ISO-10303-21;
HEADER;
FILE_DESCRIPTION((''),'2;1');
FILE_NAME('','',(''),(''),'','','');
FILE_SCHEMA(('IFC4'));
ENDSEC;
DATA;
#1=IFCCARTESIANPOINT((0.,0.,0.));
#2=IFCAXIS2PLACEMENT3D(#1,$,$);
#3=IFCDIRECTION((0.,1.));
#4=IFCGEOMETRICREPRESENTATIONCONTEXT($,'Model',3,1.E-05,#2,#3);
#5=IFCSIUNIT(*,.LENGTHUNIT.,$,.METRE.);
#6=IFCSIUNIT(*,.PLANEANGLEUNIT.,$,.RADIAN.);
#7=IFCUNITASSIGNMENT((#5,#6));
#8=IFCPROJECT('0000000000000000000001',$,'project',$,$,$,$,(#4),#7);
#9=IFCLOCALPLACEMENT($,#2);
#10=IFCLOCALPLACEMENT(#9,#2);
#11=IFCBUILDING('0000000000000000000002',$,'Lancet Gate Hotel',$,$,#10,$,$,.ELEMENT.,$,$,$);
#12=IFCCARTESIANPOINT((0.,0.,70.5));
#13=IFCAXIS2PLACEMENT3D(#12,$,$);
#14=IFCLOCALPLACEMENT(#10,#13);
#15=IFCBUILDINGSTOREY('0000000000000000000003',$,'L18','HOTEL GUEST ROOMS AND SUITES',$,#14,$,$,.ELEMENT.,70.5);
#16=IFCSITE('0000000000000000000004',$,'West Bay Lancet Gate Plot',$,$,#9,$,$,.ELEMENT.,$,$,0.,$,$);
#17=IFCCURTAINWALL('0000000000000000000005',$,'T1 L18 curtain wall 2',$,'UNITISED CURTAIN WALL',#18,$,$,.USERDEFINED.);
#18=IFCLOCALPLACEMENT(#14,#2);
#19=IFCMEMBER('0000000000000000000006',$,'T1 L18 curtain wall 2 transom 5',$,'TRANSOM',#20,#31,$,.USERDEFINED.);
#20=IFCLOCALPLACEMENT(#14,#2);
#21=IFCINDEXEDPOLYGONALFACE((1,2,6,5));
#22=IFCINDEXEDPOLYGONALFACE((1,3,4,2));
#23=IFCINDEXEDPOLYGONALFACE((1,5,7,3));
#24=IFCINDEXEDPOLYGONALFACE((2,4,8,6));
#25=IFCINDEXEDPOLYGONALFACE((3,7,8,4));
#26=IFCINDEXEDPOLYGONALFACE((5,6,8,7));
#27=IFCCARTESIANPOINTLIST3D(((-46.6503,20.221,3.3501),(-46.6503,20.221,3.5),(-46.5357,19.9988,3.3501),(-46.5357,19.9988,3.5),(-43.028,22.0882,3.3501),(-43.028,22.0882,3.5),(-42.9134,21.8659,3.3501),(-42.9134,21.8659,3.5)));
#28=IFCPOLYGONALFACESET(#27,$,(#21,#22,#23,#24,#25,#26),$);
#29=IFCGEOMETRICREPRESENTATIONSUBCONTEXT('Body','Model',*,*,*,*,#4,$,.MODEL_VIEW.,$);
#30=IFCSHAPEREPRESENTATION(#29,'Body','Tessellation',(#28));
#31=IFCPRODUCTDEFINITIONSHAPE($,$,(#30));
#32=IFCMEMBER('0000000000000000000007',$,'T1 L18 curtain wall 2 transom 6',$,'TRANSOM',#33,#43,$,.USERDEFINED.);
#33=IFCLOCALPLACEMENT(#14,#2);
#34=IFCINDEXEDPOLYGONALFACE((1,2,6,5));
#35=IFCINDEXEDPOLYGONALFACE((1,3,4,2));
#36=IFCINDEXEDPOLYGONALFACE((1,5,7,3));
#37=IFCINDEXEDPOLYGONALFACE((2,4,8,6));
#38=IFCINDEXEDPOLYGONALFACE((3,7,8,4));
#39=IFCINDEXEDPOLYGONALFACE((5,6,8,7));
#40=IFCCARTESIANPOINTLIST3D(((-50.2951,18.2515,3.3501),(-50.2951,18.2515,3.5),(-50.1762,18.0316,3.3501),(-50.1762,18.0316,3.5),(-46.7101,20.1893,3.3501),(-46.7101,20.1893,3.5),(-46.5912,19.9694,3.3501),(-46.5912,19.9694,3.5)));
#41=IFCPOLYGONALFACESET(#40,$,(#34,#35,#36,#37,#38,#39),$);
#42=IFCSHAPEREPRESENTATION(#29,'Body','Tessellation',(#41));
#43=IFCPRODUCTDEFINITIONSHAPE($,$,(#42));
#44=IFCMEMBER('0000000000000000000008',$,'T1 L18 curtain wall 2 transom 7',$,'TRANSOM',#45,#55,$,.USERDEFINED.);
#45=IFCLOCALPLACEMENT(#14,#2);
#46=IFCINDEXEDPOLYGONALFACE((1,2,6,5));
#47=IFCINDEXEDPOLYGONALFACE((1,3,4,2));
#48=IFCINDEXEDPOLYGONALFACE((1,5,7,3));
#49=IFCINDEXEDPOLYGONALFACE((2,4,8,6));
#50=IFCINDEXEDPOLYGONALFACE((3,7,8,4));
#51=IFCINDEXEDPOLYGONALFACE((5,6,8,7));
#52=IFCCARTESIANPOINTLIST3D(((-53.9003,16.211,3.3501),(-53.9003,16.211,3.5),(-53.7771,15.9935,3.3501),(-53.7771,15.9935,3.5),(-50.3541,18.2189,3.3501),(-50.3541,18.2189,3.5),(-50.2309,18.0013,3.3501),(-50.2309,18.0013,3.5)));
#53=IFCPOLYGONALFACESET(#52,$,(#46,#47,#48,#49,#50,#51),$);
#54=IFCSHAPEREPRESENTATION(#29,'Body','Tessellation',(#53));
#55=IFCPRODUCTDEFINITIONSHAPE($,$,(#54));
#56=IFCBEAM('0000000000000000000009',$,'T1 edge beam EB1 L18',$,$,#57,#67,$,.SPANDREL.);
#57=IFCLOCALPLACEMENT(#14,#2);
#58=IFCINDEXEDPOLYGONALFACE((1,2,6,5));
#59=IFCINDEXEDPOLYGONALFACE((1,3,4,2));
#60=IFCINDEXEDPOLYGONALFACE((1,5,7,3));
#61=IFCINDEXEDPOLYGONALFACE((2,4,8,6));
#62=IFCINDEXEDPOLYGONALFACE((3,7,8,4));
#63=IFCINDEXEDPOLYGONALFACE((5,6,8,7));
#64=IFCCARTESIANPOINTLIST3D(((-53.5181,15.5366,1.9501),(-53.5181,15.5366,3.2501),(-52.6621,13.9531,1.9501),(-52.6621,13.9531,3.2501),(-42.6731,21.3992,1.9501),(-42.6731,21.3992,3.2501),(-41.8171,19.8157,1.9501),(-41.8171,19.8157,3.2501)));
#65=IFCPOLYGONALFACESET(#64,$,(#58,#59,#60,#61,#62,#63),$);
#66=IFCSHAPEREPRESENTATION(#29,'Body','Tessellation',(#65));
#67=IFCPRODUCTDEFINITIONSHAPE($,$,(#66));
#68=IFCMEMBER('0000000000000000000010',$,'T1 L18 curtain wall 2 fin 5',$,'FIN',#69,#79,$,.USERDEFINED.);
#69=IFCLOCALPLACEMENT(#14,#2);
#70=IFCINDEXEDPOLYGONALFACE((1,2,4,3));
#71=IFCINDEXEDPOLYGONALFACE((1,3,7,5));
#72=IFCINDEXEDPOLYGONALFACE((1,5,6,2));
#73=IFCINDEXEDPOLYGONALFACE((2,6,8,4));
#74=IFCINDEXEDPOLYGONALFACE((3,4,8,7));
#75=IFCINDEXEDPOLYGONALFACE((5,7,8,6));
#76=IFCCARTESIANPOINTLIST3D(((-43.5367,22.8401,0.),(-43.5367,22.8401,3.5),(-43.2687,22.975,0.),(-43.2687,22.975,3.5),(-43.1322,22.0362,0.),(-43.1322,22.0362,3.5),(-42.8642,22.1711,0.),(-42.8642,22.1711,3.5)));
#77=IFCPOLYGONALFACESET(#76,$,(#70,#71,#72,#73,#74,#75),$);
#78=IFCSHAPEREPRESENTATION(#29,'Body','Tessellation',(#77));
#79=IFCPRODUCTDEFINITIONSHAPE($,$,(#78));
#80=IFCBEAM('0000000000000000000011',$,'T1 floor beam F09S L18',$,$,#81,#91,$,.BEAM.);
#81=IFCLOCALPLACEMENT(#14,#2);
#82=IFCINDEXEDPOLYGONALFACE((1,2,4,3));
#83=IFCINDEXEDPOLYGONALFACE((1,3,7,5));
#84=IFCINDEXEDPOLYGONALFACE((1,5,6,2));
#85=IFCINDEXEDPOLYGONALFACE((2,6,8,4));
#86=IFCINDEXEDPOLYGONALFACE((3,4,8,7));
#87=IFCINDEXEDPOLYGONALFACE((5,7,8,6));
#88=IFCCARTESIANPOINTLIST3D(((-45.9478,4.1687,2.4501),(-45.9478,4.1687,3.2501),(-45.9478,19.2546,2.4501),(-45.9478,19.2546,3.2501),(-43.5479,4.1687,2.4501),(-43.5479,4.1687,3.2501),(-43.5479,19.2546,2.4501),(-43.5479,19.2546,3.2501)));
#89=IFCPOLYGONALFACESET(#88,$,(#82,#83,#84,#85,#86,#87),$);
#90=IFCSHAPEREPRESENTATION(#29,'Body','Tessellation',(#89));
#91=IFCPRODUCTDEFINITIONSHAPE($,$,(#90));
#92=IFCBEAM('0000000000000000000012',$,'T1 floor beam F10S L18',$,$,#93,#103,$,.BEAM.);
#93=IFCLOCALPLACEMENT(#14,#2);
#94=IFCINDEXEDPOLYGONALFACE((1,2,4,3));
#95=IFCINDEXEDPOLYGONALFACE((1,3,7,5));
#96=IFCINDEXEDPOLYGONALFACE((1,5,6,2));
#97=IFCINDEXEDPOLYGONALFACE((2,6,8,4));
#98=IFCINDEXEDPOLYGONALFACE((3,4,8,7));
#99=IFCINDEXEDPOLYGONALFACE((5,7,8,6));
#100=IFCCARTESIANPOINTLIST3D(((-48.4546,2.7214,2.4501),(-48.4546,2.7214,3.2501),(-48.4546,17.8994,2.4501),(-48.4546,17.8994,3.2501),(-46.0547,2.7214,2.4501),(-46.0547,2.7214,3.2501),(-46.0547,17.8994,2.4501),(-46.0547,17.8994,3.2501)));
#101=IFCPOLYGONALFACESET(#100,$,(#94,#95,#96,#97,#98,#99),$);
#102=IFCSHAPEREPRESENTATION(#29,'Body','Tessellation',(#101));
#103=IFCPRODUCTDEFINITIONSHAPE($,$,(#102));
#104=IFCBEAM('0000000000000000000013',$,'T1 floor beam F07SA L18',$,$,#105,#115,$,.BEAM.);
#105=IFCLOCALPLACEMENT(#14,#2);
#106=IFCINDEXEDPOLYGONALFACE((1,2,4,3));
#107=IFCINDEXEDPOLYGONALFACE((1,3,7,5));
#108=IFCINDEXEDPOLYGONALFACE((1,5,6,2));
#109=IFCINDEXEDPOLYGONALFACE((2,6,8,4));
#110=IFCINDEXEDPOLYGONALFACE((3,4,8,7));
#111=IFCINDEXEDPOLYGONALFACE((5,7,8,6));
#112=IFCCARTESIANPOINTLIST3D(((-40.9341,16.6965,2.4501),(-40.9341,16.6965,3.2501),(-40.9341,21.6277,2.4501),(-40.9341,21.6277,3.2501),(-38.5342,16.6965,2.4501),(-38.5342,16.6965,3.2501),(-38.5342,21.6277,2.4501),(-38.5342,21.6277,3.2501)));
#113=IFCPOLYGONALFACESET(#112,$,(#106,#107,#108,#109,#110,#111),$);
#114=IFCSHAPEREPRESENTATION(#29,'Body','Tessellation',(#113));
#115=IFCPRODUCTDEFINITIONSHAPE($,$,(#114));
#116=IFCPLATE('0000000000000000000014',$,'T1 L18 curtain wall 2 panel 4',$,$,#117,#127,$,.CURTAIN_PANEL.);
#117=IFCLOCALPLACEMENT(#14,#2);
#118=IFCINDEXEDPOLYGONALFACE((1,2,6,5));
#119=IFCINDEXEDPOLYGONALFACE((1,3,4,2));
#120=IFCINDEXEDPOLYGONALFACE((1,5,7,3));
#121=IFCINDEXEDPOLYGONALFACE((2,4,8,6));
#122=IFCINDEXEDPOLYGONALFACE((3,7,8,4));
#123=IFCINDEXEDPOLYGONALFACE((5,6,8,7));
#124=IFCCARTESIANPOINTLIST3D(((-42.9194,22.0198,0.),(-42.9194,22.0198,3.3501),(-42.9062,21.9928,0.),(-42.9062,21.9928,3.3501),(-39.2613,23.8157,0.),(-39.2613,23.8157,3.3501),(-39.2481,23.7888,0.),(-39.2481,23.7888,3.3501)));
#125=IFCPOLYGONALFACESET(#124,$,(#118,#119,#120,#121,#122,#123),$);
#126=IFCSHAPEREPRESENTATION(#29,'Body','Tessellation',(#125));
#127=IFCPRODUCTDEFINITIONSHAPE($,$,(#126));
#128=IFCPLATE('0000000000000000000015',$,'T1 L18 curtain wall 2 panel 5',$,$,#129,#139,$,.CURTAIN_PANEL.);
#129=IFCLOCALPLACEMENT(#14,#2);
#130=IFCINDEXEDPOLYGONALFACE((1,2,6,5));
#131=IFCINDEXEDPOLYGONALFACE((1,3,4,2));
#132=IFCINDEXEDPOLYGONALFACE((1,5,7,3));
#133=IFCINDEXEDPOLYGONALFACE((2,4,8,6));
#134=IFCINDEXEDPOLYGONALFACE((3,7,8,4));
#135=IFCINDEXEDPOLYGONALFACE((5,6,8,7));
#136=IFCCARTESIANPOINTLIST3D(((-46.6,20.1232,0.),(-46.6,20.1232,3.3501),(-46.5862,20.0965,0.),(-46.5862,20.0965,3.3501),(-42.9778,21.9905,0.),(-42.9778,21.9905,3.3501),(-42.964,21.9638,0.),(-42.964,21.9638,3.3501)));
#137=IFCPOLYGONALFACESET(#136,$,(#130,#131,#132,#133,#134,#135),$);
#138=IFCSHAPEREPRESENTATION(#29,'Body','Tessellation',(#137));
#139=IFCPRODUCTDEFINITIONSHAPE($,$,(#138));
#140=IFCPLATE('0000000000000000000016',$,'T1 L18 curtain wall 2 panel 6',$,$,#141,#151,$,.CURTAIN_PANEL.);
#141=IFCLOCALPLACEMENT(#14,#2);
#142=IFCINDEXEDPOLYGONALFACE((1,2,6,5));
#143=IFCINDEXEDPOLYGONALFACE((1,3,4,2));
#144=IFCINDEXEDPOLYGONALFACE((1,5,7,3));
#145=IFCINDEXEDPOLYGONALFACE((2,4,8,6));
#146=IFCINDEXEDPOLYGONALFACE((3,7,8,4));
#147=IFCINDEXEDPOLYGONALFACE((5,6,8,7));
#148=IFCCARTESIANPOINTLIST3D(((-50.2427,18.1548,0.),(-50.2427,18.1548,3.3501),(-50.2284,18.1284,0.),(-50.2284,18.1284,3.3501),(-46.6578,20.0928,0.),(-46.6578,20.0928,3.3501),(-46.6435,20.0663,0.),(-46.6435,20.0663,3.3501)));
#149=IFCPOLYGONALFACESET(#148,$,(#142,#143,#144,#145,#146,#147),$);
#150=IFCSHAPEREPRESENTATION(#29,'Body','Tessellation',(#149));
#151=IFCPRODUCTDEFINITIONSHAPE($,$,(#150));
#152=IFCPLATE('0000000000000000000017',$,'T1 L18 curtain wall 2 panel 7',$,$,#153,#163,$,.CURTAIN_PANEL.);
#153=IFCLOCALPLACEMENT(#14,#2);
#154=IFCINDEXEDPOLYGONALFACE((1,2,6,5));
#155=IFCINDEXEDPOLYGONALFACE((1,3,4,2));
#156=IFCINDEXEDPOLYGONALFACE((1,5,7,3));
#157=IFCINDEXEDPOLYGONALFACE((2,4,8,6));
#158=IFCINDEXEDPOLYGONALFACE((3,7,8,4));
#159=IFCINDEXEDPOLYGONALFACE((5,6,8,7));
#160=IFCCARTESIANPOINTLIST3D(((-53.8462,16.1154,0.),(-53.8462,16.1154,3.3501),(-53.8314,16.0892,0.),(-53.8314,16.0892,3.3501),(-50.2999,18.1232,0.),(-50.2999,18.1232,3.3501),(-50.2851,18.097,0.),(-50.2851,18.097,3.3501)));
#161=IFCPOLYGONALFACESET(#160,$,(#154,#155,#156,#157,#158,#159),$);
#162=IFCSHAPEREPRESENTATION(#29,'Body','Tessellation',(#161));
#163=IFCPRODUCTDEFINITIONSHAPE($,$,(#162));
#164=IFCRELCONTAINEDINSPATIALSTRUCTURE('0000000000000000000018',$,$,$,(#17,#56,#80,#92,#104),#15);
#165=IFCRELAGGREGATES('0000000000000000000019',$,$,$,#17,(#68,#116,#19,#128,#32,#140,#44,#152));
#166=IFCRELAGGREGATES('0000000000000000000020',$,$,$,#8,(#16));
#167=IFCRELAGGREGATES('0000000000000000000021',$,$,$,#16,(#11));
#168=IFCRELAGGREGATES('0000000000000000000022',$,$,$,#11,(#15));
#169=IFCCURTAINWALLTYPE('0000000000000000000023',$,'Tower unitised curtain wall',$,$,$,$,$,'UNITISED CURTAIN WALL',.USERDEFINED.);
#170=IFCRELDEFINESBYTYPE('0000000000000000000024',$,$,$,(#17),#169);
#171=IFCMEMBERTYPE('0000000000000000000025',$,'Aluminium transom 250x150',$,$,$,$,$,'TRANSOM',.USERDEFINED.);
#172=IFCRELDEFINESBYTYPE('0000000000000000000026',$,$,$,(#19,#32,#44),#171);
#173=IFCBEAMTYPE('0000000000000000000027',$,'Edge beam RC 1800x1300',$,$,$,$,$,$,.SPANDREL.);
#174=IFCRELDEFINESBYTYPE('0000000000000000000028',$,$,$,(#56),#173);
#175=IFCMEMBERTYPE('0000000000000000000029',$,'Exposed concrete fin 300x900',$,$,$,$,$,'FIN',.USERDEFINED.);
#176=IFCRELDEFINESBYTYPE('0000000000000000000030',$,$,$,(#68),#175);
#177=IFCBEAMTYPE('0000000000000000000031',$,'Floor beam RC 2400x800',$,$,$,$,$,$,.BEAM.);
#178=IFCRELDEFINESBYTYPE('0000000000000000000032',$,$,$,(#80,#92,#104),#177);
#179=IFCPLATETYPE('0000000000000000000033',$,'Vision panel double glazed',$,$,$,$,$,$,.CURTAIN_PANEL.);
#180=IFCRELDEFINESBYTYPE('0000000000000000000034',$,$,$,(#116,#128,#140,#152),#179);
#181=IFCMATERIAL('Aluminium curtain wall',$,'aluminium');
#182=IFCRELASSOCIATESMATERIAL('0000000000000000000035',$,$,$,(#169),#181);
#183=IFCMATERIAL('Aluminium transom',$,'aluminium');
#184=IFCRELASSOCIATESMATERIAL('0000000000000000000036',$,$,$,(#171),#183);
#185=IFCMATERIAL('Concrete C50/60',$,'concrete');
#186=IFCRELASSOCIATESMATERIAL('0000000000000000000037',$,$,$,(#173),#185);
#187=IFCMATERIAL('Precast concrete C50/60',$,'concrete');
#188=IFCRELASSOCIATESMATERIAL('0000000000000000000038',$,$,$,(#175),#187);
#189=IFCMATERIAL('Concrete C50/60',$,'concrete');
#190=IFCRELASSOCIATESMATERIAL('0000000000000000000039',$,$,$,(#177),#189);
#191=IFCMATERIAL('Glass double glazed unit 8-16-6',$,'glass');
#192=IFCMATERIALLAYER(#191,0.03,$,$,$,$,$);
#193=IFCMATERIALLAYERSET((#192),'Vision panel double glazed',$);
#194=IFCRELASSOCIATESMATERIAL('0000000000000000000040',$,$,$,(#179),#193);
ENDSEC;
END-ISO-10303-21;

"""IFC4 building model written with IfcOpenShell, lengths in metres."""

from ifc_helpers import new_model, si_unit, direction, frame, origin, origin_2d, place, context, subcontext, project, spatial, rectangle, extrude, material, layer, layer_set, material_profile, profile_set, type_object, element, aggregate, save


model = new_model("IFC4")

# Units and contexts
model_context = context("Model", 3, precision=1e-05, world=origin(), true_north=direction((0.0, 1.0)))
body_context = subcontext(model_context, "Body", "Model", "MODEL_VIEW")
ifc_project = project(units=[si_unit("LENGTHUNIT", "METRE"), si_unit("PLANEANGLEUNIT", "RADIAN")], contexts=[model_context])

# Site, building, storey
site_placement = place(None, origin())
site = spatial("IfcSite", under=ifc_project, at=site_placement, Name="West Bay Lancet Gate Plot", CompositionType="ELEMENT", RefElevation=0.0)
building_placement = place(site_placement, origin())
building = spatial("IfcBuilding", under=site, at=building_placement, Name="Lancet Gate Hotel", CompositionType="ELEMENT")
storey_placement = place(building_placement, frame((0.0, 0.0, 70.5)))
storey = spatial("IfcBuildingStorey", under=building, at=storey_placement, Name="L18", Description="HOTEL GUEST ROOMS AND SUITES", CompositionType="ELEMENT", Elevation=70.5)

# Curtain wall, members
ifc_material_1 = material(Name="Aluminium curtain wall", Category="aluminium")
curtain_wall_type = type_object("IfcCurtainWallType", Name="Tower unitised curtain wall", ElementType="UNITISED CURTAIN WALL", PredefinedType="USERDEFINED", material=ifc_material_1)
curtain_wall_placement = place(storey_placement, origin())
curtain_wall = element("IfcCurtainWall", 1, at=curtain_wall_placement, inside=storey, type_object=curtain_wall_type, Name="T1 L18 curtain wall 2", ObjectType="UNITISED CURTAIN WALL", PredefinedType="USERDEFINED")
ifc_material_2 = material(Name="Aluminium transom", Category="aluminium")
ifc_material_profile_1 = material_profile(ifc_material_2, rectangle(XDim=0.25, YDim=0.1499, at=origin_2d()), Name="TRANSOM 250x150")
ifc_profile_set_1 = profile_set([ifc_material_profile_1], Name="Aluminium transom")
member_type_1 = type_object("IfcMemberType", Name="Aluminium transom 250x150", ElementType="TRANSOM", PredefinedType="USERDEFINED", material=ifc_profile_set_1)
member_1_placement = place(storey_placement, frame((-42.9707, 21.9771, 3.425), z_axis=(-0.88886, -0.458179, 0.0), x_axis=(0.458179, -0.88886, 0.0)))
member_1 = element("IfcMember", 2, at=member_1_placement, type_object=member_type_1, Name="T1 L18 curtain wall 2 transom 5", ObjectType="TRANSOM", PredefinedType="USERDEFINED", context=body_context, shape_type="SweptSolid", body=[
    extrude(rectangle(XDim=0.25, YDim=0.1499, at=origin_2d()), origin(), (0.0, 0.0, 1.0), 4.0752),
])
member_2_placement = place(storey_placement, frame((-46.6506, 20.0793, 3.425), z_axis=(-0.879714, -0.475503, 0.0), x_axis=(0.475503, -0.879714, 0.0)))
member_2 = element("IfcMember", 3, at=member_2_placement, type_object=member_type_1, Name="T1 L18 curtain wall 2 transom 6", ObjectType="TRANSOM", PredefinedType="USERDEFINED", context=body_context, shape_type="SweptSolid", body=[
    extrude(rectangle(XDim=0.25, YDim=0.1499, at=origin_2d()), origin(), (0.0, 0.0, 1.0), 4.0752),
])
member_3_placement = place(storey_placement, frame((-50.2925, 18.1101, 3.425), z_axis=(-0.870198, -0.492703, 0.0), x_axis=(0.492703, -0.870198, 0.0)))
member_3 = element("IfcMember", 4, at=member_3_placement, type_object=member_type_1, Name="T1 L18 curtain wall 2 transom 7", ObjectType="TRANSOM", PredefinedType="USERDEFINED", context=body_context, shape_type="SweptSolid", body=[
    extrude(rectangle(XDim=0.25, YDim=0.1499, at=origin_2d()), origin(), (0.0, 0.0, 1.0), 4.0752),
])

# Beam
ifc_material_3 = material(Name="Concrete C50/60", Category="concrete")
ifc_material_profile_2 = material_profile(ifc_material_3, rectangle(XDim=1.8, YDim=1.3, at=origin_2d()), Name="RC 1800x1300")
ifc_profile_set_2 = profile_set([ifc_material_profile_2], Name="Concrete C50/60")
beam_type_1 = type_object("IfcBeamType", Name="Edge beam RC 1800x1300", PredefinedType="SPANDREL", material=ifc_profile_set_2)
beam_1_placement = place(storey_placement, frame((-42.2451, 20.6074, 2.6001), z_axis=(-0.879693, -0.475542, 0.0), x_axis=(0.475542, -0.879693, 0.0)))
element("IfcBeam", 5, at=beam_1_placement, inside=storey, type_object=beam_type_1, Name="T1 edge beam EB1 L18", PredefinedType="SPANDREL", context=body_context, shape_type="SweptSolid", body=[
    extrude(rectangle(XDim=1.8, YDim=1.3, at=origin_2d()), origin(), (0.0, 0.0, 1.0), 12.3281),
])

# Member
ifc_material_4 = material(Name="Precast concrete C50/60", Category="concrete")
ifc_material_profile_3 = material_profile(ifc_material_4, rectangle(XDim=0.3, YDim=0.8999, at=origin_2d()), Name="FIN 300x900")
ifc_profile_set_3 = profile_set([ifc_material_profile_3], Name="Precast concrete C50/60")
member_type_2 = type_object("IfcMemberType", Name="Exposed concrete fin 300x900", ElementType="FIN", PredefinedType="USERDEFINED", material=ifc_profile_set_3)
member_4_placement = place(storey_placement, frame((-43.2004, 22.5056, 0.0), z_axis=(0.0, 0.0, 1.0), x_axis=(-0.893292, -0.449478, 0.0)))
member_4 = element("IfcMember", 6, at=member_4_placement, type_object=member_type_2, Name="T1 L18 curtain wall 2 fin 5", ObjectType="FIN", PredefinedType="USERDEFINED", context=body_context, shape_type="SweptSolid", body=[
    extrude(rectangle(XDim=0.3, YDim=0.8999, at=origin_2d()), origin(), (0.0, 0.0, 1.0), 3.5),
])

# Beams
ifc_material_5 = material(Name="Concrete C50/60", Category="concrete")
ifc_material_profile_4 = material_profile(ifc_material_5, rectangle(XDim=2.3999, YDim=0.8, at=origin_2d()), Name="RC 2400x800")
ifc_profile_set_4 = profile_set([ifc_material_profile_4], Name="Concrete C50/60")
beam_type_2 = type_object("IfcBeamType", Name="Floor beam RC 2400x800", PredefinedType="BEAM", material=ifc_profile_set_4)
beam_2_placement = place(storey_placement, frame((-44.7478, 19.2546, 2.8501), z_axis=(0.0, -1.0, 0.0), x_axis=(1.0, 0.0, 0.0)))
element("IfcBeam", 7, at=beam_2_placement, inside=storey, type_object=beam_type_2, Name="T1 floor beam F09S L18", PredefinedType="BEAM", context=body_context, shape_type="SweptSolid", body=[
    extrude(rectangle(XDim=2.3999, YDim=0.8, at=origin_2d()), origin(), (0.0, 0.0, 1.0), 15.0859),
])
beam_3_placement = place(storey_placement, frame((-47.2546, 17.8994, 2.8501), z_axis=(0.0, -1.0, 0.0), x_axis=(1.0, 0.0, 0.0)))
element("IfcBeam", 8, at=beam_3_placement, inside=storey, type_object=beam_type_2, Name="T1 floor beam F10S L18", PredefinedType="BEAM", context=body_context, shape_type="SweptSolid", body=[
    extrude(rectangle(XDim=2.3999, YDim=0.8, at=origin_2d()), origin(), (0.0, 0.0, 1.0), 15.178),
])
beam_4_placement = place(storey_placement, frame((-39.7341, 21.6277, 2.8501), z_axis=(0.0, -1.0, 0.0), x_axis=(1.0, 0.0, 0.0)))
element("IfcBeam", 9, at=beam_4_placement, inside=storey, type_object=beam_type_2, Name="T1 floor beam F07SA L18", PredefinedType="BEAM", context=body_context, shape_type="SweptSolid", body=[
    extrude(rectangle(XDim=2.3999, YDim=0.8, at=origin_2d()), origin(), (0.0, 0.0, 1.0), 4.9312),
])

# Plates
ifc_material_6 = material(Name="Glass double glazed unit 8-16-6", Category="glass")
ifc_layer = layer(ifc_material_6, 0.03)
ifc_layer_set = layer_set([ifc_layer], Name="Vision panel double glazed")
plate_type = type_object("IfcPlateType", Name="Vision panel double glazed", PredefinedType="CURTAIN_PANEL", material=ifc_layer_set)
plate_1_placement = place(storey_placement, frame((-41.0837, 22.9043, 0.0), z_axis=(0.0, 0.0, 1.0), x_axis=(-0.897653, -0.440702, 0.0)))
plate_1 = element("IfcPlate", 10, at=plate_1_placement, type_object=plate_type, Name="T1 L18 curtain wall 2 panel 4", PredefinedType="CURTAIN_PANEL", context=body_context, shape_type="SweptSolid", body=[
    extrude(rectangle(XDim=4.0752, YDim=0.03, at=origin_2d()), origin(), (0.0, 0.0, 1.0), 3.3501),
])
plate_2_placement = place(storey_placement, frame((-44.782, 21.0435, 0.0), z_axis=(0.0, 0.0, 1.0), x_axis=(-0.888844, -0.45821, 0.0)))
plate_2 = element("IfcPlate", 11, at=plate_2_placement, type_object=plate_type, Name="T1 L18 curtain wall 2 panel 5", PredefinedType="CURTAIN_PANEL", context=body_context, shape_type="SweptSolid", body=[
    extrude(rectangle(XDim=4.0752, YDim=0.03, at=origin_2d()), origin(), (0.0, 0.0, 1.0), 3.3501),
])
plate_3_placement = place(storey_placement, frame((-48.4431, 19.1106, 0.0), z_axis=(0.0, 0.0, 1.0), x_axis=(-0.879693, -0.475541, 0.0)))
plate_3 = element("IfcPlate", 12, at=plate_3_placement, type_object=plate_type, Name="T1 L18 curtain wall 2 panel 6", PredefinedType="CURTAIN_PANEL", context=body_context, shape_type="SweptSolid", body=[
    extrude(rectangle(XDim=4.0752, YDim=0.03, at=origin_2d()), origin(), (0.0, 0.0, 1.0), 3.3501),
])
plate_4_placement = place(storey_placement, frame((-52.0657, 17.1062, 0.0), z_axis=(0.0, 0.0, 1.0), x_axis=(-0.870205, -0.49269, 0.0)))
plate_4 = element("IfcPlate", 13, at=plate_4_placement, type_object=plate_type, Name="T1 L18 curtain wall 2 panel 7", PredefinedType="CURTAIN_PANEL", context=body_context, shape_type="SweptSolid", body=[
    extrude(rectangle(XDim=4.0752, YDim=0.03, at=origin_2d()), origin(), (0.0, 0.0, 1.0), 3.3501),
])
aggregate(curtain_wall, [member_4, plate_1, member_1, plate_2, member_2, plate_3, member_3, plate_4])

save(model, "model.ifc")
